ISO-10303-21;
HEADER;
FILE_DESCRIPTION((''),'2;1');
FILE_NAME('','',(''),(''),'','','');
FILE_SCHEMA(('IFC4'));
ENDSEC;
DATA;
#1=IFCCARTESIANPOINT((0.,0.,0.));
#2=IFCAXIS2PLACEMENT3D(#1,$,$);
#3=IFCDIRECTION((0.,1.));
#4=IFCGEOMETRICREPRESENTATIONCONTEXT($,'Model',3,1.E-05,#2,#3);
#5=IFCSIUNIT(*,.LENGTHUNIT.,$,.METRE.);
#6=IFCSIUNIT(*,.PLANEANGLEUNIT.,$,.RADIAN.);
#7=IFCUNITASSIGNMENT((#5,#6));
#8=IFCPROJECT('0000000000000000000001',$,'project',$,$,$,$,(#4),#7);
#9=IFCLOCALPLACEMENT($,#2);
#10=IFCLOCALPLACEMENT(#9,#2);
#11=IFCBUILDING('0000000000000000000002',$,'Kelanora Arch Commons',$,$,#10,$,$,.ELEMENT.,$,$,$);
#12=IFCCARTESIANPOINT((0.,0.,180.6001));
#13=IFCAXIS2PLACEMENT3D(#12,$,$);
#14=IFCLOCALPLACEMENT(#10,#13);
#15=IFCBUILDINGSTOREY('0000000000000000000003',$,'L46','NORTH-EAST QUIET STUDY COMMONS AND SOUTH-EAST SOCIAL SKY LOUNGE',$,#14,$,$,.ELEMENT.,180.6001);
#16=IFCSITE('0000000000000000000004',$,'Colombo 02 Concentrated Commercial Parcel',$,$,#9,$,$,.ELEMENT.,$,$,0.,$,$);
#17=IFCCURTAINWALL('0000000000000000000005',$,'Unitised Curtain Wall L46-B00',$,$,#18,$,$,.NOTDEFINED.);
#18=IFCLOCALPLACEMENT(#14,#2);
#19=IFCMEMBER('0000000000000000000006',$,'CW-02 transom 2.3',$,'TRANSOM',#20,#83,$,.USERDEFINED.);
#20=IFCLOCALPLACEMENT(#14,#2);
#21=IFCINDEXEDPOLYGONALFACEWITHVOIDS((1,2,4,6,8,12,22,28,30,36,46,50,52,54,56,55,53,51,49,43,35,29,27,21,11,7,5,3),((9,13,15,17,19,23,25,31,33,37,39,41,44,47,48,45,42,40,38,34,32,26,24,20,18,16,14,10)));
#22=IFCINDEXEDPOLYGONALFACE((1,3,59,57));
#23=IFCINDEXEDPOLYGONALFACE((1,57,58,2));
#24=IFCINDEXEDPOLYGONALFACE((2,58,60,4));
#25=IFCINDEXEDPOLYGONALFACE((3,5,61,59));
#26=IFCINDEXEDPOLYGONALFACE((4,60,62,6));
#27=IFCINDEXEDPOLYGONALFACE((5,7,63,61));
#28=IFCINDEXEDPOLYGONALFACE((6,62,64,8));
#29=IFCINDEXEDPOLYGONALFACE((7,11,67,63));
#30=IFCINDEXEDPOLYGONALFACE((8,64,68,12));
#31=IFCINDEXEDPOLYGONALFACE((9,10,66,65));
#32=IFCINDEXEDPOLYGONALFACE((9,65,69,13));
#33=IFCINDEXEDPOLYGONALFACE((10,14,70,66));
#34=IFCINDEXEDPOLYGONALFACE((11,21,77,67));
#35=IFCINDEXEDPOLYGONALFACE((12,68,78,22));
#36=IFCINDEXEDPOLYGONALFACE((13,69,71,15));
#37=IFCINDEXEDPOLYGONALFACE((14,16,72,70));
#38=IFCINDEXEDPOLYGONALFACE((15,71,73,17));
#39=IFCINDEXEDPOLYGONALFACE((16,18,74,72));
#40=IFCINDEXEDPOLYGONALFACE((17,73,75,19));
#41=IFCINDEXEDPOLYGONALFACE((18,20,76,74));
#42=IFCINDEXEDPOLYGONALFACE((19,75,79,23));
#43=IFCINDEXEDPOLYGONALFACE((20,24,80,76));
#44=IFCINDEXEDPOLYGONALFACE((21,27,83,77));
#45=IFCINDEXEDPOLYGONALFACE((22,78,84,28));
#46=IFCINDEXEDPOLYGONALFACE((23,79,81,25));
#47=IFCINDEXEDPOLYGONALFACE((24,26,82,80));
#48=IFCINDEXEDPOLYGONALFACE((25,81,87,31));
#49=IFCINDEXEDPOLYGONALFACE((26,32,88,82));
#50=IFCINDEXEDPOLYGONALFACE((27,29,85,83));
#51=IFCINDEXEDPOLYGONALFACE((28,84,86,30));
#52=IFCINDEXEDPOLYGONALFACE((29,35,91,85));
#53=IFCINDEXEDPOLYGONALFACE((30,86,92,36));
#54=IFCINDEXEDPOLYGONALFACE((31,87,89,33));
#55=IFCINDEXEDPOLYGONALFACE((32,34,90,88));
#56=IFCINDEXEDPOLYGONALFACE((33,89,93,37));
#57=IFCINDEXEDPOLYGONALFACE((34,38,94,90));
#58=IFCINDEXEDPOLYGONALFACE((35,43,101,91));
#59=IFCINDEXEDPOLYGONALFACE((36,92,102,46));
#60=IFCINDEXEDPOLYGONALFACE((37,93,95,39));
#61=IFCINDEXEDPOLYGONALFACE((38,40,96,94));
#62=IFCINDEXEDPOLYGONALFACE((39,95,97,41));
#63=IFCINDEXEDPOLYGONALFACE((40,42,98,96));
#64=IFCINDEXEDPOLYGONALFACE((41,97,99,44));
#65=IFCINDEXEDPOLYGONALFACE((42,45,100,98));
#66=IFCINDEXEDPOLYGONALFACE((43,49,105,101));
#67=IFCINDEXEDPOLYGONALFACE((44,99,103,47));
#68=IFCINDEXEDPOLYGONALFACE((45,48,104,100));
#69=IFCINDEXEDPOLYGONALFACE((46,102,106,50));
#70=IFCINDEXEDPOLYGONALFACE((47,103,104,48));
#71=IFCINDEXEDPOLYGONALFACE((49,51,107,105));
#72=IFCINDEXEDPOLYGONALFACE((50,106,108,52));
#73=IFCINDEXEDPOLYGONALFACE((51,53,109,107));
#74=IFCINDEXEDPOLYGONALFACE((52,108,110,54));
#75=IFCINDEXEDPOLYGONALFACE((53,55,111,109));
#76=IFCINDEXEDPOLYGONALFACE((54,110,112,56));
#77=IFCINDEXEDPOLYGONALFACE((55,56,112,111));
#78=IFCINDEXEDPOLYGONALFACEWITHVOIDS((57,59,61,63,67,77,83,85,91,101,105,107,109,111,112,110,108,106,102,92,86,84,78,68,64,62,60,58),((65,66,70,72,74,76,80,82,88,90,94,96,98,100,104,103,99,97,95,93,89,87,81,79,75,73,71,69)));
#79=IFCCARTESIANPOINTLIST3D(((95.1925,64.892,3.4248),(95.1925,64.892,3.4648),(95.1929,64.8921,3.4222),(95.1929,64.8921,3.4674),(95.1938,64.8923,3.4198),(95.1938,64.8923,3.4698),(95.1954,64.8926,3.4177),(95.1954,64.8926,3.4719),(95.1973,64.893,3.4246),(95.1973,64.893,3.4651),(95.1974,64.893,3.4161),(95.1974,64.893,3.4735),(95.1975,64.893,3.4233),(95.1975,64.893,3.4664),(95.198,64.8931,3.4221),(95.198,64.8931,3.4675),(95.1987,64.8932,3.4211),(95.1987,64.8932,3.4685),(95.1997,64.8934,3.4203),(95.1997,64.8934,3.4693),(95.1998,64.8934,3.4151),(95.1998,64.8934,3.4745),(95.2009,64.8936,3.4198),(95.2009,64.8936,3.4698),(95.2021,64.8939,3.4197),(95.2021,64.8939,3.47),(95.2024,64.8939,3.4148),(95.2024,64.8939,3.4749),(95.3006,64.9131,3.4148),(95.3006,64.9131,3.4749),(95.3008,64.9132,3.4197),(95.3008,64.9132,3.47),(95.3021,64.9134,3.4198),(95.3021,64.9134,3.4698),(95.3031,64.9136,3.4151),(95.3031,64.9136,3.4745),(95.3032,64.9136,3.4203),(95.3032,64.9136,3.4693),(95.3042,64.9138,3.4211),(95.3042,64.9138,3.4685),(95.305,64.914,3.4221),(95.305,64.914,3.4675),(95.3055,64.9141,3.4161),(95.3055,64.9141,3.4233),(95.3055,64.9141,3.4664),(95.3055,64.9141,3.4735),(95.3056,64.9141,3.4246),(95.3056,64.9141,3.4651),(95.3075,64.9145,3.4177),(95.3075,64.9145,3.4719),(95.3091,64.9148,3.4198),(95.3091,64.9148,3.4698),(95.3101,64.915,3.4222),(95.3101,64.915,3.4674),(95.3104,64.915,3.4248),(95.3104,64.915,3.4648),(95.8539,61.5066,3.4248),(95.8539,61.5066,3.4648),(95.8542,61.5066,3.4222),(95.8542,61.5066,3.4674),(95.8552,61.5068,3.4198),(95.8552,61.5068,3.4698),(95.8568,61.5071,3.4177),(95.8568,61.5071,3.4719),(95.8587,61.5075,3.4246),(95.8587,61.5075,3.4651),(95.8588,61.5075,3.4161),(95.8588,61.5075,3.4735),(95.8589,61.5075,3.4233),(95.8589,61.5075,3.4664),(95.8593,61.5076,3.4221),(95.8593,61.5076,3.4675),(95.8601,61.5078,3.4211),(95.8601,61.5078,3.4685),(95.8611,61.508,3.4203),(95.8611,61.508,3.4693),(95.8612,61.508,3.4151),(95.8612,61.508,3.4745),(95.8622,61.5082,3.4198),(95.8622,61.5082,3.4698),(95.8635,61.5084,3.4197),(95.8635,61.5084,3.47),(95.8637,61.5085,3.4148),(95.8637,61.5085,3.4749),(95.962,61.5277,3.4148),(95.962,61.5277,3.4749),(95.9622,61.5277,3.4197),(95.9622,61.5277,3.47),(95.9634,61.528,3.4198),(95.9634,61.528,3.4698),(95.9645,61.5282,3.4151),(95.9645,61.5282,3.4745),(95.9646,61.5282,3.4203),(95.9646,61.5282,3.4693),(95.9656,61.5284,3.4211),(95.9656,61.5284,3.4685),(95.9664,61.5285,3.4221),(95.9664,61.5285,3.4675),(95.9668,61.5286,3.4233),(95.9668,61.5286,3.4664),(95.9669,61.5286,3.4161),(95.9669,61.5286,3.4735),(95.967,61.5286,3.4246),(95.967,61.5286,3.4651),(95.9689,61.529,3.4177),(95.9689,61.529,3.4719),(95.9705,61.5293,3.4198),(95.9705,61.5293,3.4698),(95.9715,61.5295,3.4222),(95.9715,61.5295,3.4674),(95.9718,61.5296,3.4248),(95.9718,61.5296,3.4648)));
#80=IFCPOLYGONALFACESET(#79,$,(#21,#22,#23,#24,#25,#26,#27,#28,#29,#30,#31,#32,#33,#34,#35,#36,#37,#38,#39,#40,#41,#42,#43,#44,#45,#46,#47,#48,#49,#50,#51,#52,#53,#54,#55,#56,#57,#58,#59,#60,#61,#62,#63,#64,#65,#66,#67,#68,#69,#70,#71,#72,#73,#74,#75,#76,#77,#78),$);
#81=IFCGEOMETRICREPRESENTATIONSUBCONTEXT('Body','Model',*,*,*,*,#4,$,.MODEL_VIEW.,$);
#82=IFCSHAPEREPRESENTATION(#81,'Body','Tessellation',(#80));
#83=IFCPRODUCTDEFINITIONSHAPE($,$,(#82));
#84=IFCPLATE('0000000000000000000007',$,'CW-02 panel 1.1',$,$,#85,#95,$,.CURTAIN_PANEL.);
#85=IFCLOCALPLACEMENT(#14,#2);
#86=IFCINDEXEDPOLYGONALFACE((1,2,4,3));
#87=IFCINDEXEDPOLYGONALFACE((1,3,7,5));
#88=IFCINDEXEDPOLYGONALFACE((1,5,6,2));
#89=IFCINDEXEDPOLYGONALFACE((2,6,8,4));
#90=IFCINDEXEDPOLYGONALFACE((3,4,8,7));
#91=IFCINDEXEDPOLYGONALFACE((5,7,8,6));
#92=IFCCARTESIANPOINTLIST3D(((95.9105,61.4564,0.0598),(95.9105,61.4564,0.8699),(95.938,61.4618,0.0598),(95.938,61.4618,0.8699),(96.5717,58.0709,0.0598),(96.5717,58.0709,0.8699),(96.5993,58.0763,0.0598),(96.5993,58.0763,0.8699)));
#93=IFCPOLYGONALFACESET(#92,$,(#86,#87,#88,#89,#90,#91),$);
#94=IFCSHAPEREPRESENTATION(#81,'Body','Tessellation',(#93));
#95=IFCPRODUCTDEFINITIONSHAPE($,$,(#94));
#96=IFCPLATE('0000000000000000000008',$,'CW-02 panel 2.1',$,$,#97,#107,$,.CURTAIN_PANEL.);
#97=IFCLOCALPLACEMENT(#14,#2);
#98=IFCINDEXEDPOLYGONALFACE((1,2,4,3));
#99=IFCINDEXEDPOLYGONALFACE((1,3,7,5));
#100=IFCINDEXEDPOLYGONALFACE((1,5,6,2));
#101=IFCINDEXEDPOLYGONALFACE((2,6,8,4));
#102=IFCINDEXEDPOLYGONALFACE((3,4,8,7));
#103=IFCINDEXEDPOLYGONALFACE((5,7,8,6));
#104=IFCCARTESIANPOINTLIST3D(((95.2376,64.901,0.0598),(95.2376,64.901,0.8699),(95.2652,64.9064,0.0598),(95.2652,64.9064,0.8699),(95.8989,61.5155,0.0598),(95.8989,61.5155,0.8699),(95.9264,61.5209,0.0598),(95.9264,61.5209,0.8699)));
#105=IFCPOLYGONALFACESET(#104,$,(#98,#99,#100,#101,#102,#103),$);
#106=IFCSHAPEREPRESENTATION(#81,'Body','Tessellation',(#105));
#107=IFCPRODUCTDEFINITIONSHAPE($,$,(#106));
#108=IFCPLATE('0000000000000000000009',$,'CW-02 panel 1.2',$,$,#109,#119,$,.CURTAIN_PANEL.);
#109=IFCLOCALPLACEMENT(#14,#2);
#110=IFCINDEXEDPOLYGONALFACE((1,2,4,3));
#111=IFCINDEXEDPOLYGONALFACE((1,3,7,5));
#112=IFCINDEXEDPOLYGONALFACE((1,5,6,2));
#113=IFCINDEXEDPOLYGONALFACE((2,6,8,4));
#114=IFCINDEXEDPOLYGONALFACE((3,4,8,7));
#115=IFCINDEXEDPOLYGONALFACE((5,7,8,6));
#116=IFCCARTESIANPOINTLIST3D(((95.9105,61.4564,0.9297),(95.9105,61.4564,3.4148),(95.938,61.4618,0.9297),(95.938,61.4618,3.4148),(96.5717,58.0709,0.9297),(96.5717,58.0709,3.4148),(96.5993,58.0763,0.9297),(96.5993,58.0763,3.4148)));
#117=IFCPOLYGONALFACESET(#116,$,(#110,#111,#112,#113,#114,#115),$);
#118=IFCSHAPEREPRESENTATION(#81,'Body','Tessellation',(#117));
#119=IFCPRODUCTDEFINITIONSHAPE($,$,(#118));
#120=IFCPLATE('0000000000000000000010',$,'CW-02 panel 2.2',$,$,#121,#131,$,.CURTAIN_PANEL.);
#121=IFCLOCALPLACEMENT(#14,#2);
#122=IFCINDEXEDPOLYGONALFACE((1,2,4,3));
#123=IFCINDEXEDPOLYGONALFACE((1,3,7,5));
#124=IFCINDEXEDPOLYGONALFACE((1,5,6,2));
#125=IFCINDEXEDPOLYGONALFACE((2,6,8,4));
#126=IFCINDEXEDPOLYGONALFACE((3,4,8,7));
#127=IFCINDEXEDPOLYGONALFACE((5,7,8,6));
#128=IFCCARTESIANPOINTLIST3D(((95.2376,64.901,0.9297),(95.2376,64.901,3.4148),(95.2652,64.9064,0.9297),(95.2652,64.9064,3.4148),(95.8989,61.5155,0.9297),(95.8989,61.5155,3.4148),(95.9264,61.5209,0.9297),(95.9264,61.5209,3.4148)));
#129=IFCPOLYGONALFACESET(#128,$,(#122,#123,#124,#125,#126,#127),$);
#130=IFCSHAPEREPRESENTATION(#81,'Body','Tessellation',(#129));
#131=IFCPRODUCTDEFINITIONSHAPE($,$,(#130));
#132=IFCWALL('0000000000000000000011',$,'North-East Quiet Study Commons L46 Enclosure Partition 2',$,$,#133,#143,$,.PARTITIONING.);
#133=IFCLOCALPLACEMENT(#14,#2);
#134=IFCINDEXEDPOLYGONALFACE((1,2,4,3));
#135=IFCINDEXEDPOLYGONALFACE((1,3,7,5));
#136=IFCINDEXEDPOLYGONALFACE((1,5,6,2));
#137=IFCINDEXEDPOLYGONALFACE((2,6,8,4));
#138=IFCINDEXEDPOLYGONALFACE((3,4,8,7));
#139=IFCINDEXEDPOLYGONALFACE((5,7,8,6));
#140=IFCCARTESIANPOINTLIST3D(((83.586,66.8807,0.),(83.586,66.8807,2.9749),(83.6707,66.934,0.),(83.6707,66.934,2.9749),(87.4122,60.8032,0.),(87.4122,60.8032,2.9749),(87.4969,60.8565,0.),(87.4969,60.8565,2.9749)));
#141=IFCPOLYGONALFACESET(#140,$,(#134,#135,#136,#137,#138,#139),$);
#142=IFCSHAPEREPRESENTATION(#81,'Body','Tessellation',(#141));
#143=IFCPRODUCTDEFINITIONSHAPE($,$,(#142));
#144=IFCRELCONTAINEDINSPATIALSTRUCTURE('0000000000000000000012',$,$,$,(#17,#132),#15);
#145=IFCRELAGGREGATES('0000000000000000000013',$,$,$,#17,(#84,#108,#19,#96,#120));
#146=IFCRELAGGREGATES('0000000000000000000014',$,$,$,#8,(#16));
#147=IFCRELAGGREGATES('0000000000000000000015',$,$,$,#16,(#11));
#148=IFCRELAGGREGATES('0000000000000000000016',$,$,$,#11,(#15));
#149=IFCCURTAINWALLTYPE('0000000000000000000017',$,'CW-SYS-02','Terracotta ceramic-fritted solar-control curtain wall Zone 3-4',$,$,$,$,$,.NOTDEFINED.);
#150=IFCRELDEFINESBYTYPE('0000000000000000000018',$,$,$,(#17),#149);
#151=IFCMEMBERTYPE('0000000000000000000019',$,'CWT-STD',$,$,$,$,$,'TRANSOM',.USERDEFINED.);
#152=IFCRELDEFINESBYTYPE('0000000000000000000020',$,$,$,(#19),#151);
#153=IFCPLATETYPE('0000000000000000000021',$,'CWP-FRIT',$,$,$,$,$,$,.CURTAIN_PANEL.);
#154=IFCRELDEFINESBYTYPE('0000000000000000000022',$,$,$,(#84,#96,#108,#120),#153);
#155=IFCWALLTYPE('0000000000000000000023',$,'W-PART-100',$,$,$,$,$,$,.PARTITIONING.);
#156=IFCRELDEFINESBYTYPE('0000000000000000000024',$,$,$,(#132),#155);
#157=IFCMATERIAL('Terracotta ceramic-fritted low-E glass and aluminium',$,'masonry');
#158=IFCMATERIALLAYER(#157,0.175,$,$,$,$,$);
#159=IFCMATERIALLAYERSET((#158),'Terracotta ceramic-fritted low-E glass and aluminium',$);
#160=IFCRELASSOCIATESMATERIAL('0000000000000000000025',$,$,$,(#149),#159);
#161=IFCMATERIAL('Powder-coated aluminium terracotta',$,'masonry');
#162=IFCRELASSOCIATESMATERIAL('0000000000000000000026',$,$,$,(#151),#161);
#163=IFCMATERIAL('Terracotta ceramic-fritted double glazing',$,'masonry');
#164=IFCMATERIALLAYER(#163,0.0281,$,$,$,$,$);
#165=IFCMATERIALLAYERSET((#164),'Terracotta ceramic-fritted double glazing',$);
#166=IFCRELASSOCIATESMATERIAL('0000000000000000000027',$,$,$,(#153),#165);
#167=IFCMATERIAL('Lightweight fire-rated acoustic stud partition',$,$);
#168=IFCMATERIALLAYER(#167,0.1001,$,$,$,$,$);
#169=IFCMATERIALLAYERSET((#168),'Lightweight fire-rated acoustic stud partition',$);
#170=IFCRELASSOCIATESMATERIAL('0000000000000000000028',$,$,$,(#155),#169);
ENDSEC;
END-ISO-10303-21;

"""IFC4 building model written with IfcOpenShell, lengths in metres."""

from ifc_helpers import new_model, si_unit, direction, frame, frame_2d, origin, origin_2d, place, context, subcontext, project, spatial, rectangle, hollow_rectangle, extrude, source, transform, mapped, material, layer, layer_set, material_profile, profile_set, type_object, element, aggregate, save


model = new_model("IFC4")

# Units and contexts
model_context = context("Model", 3, precision=1e-05, world=origin(), true_north=direction((0.0, 1.0)))
body_context = subcontext(model_context, "Body", "Model", "MODEL_VIEW")
ifc_project = project(units=[si_unit("LENGTHUNIT", "METRE"), si_unit("PLANEANGLEUNIT", "RADIAN")], contexts=[model_context])

# Site, building, storey
site_placement = place(None, origin())
site = spatial("IfcSite", under=ifc_project, at=site_placement, Name="Colombo 02 Concentrated Commercial Parcel", CompositionType="ELEMENT", RefElevation=0.0)
building_placement = place(site_placement, origin())
building = spatial("IfcBuilding", under=site, at=building_placement, Name="Kelanora Arch Commons", CompositionType="ELEMENT")
storey_placement = place(building_placement, frame((0.0, 0.0, 180.6001)))
storey = spatial("IfcBuildingStorey", under=building, at=storey_placement, Name="L46", Description="NORTH-EAST QUIET STUDY COMMONS AND SOUTH-EAST SOCIAL SKY LOUNGE", CompositionType="ELEMENT", Elevation=180.6001)

# Curtain wall, member, plates
ifc_material_1 = material(Name="Terracotta ceramic-fritted low-E glass and aluminium", Category="masonry")
ifc_layer_1 = layer(ifc_material_1, 0.175)
ifc_layer_set_1 = layer_set([ifc_layer_1], Name="Terracotta ceramic-fritted low-E glass and aluminium")
curtain_wall_type = type_object("IfcCurtainWallType", Name="CW-SYS-02", Description="Terracotta ceramic-fritted solar-control curtain wall Zone 3-4", PredefinedType="NOTDEFINED", material=ifc_layer_set_1)
curtain_wall_placement = place(storey_placement, origin())
curtain_wall = element("IfcCurtainWall", 1, at=curtain_wall_placement, inside=storey, type_object=curtain_wall_type, Name="Unitised Curtain Wall L46-B00", PredefinedType="NOTDEFINED")
ifc_material_2 = material(Name="Powder-coated aluminium terracotta", Category="masonry")
ifc_material_profile_1 = material_profile(ifc_material_2, hollow_rectangle(XDim=0.1201, YDim=0.0601, WallThickness=0.0049, InnerFilletRadius=0.0049, OuterFilletRadius=0.01, at=origin_2d()), Name="CWT120x60")
ifc_profile_set_1 = profile_set([ifc_material_profile_1], Name="Powder-coated aluminium terracotta")
member_type_1 = type_object("IfcMemberType", Name="CWT-STD", ElementType="TRANSOM", PredefinedType="USERDEFINED", material=ifc_profile_set_1)
member_1_placement = place(storey_placement, frame((95.9128, 61.5181, 3.4448), z_axis=(-0.191732, 0.981447, 0.0), x_axis=(-0.981447, -0.191732, 0.0)))
member_1 = element("IfcMember", 2, at=member_1_placement, type_object=member_type_1, Name="CW-02 transom 2.3", ObjectType="TRANSOM", PredefinedType="USERDEFINED", context=body_context, shape_type="SweptSolid", body=[
    extrude(hollow_rectangle(XDim=0.1201, YDim=0.0601, WallThickness=0.0049, InnerFilletRadius=0.0049, OuterFilletRadius=0.01, at=origin_2d()), origin(), (0.0, 0.0, 1.0), 3.4495),
])
ifc_material_3 = material(Name="Terracotta ceramic-fritted double glazing", Category="masonry")
ifc_layer_2 = layer(ifc_material_3, 0.0281)
ifc_layer_set_2 = layer_set([ifc_layer_2], Name="Terracotta ceramic-fritted double glazing")
plate_type = type_object("IfcPlateType", Name="CWP-FRIT", PredefinedType="CURTAIN_PANEL", material=ifc_layer_set_2)
shared_shape_1 = source(origin(), body_context, "Body", "SweptSolid", [
    extrude(rectangle(XDim=3.4495, YDim=0.0281, at=origin_2d()), origin(), (0.0, 0.0, 1.0), 0.8101),
])
plate_1_placement = place(storey_placement, frame((96.2549, 59.7664, 0.0598), z_axis=(0.0, 0.0, 1.0), x_axis=(-0.191705, 0.981453, 0.0)))
plate_1 = element("IfcPlate", 3, at=plate_1_placement, type_object=plate_type, Name="CW-02 panel 1.1", PredefinedType="CURTAIN_PANEL", context=body_context, shape_type="MappedRepresentation", body=[
    mapped(shared_shape_1, transform((0.0, 0.0, 0.0), scale=1.0)),
])
plate_2_placement = place(storey_placement, frame((95.582, 63.2109, 0.0598), z_axis=(0.0, 0.0, 1.0), x_axis=(-0.191705, 0.981453, 0.0)))
plate_2 = element("IfcPlate", 4, at=plate_2_placement, type_object=plate_type, Name="CW-02 panel 2.1", PredefinedType="CURTAIN_PANEL", context=body_context, shape_type="MappedRepresentation", body=[
    mapped(shared_shape_1, transform((0.0, 0.0, 0.0), scale=1.0)),
])
shared_shape_2 = source(origin(), body_context, "Body", "SweptSolid", [
    extrude(rectangle(XDim=3.4495, YDim=0.0281, at=origin_2d()), origin(), (0.0, 0.0, 1.0), 2.4851),
])
plate_3_placement = place(storey_placement, frame((96.2549, 59.7664, 0.9297), z_axis=(0.0, 0.0, 1.0), x_axis=(-0.191705, 0.981453, 0.0)))
plate_3 = element("IfcPlate", 5, at=plate_3_placement, type_object=plate_type, Name="CW-02 panel 1.2", PredefinedType="CURTAIN_PANEL", context=body_context, shape_type="MappedRepresentation", body=[
    mapped(shared_shape_2, transform((0.0, 0.0, 0.0), scale=1.0)),
])
plate_4_placement = place(storey_placement, frame((95.582, 63.2109, 0.9297), z_axis=(0.0, 0.0, 1.0), x_axis=(-0.191705, 0.981453, 0.0)))
plate_4 = element("IfcPlate", 6, at=plate_4_placement, type_object=plate_type, Name="CW-02 panel 2.2", PredefinedType="CURTAIN_PANEL", context=body_context, shape_type="MappedRepresentation", body=[
    mapped(shared_shape_2, transform((0.0, 0.0, 0.0), scale=1.0)),
])
aggregate(curtain_wall, [plate_1, plate_3, member_1, plate_2, plate_4])

# Wall
ifc_material_4 = material(Name="Lightweight fire-rated acoustic stud partition")
ifc_layer_3 = layer(ifc_material_4, 0.1001)
ifc_layer_set_3 = layer_set([ifc_layer_3], Name="Lightweight fire-rated acoustic stud partition")
wall_type = type_object("IfcWallType", Name="W-PART-100", PredefinedType="PARTITIONING", material=ifc_layer_set_3)
wall_placement = place(storey_placement, frame((87.4546, 60.8298, 0.0), z_axis=(0.0, 0.0, 1.0), x_axis=(-0.53278, 0.846254, 0.0)))
element("IfcWall", 7, at=wall_placement, inside=storey, type_object=wall_type, Name="North-East Quiet Study Commons L46 Enclosure Partition 2", PredefinedType="PARTITIONING", context=body_context, shape_type="SweptSolid", body=[
    extrude(rectangle(XDim=7.1816, YDim=0.1001, at=frame_2d((3.5908, 0.0))), origin(), (0.0, 0.0, 1.0), 2.9749),
])

save(model, "model.ifc")
